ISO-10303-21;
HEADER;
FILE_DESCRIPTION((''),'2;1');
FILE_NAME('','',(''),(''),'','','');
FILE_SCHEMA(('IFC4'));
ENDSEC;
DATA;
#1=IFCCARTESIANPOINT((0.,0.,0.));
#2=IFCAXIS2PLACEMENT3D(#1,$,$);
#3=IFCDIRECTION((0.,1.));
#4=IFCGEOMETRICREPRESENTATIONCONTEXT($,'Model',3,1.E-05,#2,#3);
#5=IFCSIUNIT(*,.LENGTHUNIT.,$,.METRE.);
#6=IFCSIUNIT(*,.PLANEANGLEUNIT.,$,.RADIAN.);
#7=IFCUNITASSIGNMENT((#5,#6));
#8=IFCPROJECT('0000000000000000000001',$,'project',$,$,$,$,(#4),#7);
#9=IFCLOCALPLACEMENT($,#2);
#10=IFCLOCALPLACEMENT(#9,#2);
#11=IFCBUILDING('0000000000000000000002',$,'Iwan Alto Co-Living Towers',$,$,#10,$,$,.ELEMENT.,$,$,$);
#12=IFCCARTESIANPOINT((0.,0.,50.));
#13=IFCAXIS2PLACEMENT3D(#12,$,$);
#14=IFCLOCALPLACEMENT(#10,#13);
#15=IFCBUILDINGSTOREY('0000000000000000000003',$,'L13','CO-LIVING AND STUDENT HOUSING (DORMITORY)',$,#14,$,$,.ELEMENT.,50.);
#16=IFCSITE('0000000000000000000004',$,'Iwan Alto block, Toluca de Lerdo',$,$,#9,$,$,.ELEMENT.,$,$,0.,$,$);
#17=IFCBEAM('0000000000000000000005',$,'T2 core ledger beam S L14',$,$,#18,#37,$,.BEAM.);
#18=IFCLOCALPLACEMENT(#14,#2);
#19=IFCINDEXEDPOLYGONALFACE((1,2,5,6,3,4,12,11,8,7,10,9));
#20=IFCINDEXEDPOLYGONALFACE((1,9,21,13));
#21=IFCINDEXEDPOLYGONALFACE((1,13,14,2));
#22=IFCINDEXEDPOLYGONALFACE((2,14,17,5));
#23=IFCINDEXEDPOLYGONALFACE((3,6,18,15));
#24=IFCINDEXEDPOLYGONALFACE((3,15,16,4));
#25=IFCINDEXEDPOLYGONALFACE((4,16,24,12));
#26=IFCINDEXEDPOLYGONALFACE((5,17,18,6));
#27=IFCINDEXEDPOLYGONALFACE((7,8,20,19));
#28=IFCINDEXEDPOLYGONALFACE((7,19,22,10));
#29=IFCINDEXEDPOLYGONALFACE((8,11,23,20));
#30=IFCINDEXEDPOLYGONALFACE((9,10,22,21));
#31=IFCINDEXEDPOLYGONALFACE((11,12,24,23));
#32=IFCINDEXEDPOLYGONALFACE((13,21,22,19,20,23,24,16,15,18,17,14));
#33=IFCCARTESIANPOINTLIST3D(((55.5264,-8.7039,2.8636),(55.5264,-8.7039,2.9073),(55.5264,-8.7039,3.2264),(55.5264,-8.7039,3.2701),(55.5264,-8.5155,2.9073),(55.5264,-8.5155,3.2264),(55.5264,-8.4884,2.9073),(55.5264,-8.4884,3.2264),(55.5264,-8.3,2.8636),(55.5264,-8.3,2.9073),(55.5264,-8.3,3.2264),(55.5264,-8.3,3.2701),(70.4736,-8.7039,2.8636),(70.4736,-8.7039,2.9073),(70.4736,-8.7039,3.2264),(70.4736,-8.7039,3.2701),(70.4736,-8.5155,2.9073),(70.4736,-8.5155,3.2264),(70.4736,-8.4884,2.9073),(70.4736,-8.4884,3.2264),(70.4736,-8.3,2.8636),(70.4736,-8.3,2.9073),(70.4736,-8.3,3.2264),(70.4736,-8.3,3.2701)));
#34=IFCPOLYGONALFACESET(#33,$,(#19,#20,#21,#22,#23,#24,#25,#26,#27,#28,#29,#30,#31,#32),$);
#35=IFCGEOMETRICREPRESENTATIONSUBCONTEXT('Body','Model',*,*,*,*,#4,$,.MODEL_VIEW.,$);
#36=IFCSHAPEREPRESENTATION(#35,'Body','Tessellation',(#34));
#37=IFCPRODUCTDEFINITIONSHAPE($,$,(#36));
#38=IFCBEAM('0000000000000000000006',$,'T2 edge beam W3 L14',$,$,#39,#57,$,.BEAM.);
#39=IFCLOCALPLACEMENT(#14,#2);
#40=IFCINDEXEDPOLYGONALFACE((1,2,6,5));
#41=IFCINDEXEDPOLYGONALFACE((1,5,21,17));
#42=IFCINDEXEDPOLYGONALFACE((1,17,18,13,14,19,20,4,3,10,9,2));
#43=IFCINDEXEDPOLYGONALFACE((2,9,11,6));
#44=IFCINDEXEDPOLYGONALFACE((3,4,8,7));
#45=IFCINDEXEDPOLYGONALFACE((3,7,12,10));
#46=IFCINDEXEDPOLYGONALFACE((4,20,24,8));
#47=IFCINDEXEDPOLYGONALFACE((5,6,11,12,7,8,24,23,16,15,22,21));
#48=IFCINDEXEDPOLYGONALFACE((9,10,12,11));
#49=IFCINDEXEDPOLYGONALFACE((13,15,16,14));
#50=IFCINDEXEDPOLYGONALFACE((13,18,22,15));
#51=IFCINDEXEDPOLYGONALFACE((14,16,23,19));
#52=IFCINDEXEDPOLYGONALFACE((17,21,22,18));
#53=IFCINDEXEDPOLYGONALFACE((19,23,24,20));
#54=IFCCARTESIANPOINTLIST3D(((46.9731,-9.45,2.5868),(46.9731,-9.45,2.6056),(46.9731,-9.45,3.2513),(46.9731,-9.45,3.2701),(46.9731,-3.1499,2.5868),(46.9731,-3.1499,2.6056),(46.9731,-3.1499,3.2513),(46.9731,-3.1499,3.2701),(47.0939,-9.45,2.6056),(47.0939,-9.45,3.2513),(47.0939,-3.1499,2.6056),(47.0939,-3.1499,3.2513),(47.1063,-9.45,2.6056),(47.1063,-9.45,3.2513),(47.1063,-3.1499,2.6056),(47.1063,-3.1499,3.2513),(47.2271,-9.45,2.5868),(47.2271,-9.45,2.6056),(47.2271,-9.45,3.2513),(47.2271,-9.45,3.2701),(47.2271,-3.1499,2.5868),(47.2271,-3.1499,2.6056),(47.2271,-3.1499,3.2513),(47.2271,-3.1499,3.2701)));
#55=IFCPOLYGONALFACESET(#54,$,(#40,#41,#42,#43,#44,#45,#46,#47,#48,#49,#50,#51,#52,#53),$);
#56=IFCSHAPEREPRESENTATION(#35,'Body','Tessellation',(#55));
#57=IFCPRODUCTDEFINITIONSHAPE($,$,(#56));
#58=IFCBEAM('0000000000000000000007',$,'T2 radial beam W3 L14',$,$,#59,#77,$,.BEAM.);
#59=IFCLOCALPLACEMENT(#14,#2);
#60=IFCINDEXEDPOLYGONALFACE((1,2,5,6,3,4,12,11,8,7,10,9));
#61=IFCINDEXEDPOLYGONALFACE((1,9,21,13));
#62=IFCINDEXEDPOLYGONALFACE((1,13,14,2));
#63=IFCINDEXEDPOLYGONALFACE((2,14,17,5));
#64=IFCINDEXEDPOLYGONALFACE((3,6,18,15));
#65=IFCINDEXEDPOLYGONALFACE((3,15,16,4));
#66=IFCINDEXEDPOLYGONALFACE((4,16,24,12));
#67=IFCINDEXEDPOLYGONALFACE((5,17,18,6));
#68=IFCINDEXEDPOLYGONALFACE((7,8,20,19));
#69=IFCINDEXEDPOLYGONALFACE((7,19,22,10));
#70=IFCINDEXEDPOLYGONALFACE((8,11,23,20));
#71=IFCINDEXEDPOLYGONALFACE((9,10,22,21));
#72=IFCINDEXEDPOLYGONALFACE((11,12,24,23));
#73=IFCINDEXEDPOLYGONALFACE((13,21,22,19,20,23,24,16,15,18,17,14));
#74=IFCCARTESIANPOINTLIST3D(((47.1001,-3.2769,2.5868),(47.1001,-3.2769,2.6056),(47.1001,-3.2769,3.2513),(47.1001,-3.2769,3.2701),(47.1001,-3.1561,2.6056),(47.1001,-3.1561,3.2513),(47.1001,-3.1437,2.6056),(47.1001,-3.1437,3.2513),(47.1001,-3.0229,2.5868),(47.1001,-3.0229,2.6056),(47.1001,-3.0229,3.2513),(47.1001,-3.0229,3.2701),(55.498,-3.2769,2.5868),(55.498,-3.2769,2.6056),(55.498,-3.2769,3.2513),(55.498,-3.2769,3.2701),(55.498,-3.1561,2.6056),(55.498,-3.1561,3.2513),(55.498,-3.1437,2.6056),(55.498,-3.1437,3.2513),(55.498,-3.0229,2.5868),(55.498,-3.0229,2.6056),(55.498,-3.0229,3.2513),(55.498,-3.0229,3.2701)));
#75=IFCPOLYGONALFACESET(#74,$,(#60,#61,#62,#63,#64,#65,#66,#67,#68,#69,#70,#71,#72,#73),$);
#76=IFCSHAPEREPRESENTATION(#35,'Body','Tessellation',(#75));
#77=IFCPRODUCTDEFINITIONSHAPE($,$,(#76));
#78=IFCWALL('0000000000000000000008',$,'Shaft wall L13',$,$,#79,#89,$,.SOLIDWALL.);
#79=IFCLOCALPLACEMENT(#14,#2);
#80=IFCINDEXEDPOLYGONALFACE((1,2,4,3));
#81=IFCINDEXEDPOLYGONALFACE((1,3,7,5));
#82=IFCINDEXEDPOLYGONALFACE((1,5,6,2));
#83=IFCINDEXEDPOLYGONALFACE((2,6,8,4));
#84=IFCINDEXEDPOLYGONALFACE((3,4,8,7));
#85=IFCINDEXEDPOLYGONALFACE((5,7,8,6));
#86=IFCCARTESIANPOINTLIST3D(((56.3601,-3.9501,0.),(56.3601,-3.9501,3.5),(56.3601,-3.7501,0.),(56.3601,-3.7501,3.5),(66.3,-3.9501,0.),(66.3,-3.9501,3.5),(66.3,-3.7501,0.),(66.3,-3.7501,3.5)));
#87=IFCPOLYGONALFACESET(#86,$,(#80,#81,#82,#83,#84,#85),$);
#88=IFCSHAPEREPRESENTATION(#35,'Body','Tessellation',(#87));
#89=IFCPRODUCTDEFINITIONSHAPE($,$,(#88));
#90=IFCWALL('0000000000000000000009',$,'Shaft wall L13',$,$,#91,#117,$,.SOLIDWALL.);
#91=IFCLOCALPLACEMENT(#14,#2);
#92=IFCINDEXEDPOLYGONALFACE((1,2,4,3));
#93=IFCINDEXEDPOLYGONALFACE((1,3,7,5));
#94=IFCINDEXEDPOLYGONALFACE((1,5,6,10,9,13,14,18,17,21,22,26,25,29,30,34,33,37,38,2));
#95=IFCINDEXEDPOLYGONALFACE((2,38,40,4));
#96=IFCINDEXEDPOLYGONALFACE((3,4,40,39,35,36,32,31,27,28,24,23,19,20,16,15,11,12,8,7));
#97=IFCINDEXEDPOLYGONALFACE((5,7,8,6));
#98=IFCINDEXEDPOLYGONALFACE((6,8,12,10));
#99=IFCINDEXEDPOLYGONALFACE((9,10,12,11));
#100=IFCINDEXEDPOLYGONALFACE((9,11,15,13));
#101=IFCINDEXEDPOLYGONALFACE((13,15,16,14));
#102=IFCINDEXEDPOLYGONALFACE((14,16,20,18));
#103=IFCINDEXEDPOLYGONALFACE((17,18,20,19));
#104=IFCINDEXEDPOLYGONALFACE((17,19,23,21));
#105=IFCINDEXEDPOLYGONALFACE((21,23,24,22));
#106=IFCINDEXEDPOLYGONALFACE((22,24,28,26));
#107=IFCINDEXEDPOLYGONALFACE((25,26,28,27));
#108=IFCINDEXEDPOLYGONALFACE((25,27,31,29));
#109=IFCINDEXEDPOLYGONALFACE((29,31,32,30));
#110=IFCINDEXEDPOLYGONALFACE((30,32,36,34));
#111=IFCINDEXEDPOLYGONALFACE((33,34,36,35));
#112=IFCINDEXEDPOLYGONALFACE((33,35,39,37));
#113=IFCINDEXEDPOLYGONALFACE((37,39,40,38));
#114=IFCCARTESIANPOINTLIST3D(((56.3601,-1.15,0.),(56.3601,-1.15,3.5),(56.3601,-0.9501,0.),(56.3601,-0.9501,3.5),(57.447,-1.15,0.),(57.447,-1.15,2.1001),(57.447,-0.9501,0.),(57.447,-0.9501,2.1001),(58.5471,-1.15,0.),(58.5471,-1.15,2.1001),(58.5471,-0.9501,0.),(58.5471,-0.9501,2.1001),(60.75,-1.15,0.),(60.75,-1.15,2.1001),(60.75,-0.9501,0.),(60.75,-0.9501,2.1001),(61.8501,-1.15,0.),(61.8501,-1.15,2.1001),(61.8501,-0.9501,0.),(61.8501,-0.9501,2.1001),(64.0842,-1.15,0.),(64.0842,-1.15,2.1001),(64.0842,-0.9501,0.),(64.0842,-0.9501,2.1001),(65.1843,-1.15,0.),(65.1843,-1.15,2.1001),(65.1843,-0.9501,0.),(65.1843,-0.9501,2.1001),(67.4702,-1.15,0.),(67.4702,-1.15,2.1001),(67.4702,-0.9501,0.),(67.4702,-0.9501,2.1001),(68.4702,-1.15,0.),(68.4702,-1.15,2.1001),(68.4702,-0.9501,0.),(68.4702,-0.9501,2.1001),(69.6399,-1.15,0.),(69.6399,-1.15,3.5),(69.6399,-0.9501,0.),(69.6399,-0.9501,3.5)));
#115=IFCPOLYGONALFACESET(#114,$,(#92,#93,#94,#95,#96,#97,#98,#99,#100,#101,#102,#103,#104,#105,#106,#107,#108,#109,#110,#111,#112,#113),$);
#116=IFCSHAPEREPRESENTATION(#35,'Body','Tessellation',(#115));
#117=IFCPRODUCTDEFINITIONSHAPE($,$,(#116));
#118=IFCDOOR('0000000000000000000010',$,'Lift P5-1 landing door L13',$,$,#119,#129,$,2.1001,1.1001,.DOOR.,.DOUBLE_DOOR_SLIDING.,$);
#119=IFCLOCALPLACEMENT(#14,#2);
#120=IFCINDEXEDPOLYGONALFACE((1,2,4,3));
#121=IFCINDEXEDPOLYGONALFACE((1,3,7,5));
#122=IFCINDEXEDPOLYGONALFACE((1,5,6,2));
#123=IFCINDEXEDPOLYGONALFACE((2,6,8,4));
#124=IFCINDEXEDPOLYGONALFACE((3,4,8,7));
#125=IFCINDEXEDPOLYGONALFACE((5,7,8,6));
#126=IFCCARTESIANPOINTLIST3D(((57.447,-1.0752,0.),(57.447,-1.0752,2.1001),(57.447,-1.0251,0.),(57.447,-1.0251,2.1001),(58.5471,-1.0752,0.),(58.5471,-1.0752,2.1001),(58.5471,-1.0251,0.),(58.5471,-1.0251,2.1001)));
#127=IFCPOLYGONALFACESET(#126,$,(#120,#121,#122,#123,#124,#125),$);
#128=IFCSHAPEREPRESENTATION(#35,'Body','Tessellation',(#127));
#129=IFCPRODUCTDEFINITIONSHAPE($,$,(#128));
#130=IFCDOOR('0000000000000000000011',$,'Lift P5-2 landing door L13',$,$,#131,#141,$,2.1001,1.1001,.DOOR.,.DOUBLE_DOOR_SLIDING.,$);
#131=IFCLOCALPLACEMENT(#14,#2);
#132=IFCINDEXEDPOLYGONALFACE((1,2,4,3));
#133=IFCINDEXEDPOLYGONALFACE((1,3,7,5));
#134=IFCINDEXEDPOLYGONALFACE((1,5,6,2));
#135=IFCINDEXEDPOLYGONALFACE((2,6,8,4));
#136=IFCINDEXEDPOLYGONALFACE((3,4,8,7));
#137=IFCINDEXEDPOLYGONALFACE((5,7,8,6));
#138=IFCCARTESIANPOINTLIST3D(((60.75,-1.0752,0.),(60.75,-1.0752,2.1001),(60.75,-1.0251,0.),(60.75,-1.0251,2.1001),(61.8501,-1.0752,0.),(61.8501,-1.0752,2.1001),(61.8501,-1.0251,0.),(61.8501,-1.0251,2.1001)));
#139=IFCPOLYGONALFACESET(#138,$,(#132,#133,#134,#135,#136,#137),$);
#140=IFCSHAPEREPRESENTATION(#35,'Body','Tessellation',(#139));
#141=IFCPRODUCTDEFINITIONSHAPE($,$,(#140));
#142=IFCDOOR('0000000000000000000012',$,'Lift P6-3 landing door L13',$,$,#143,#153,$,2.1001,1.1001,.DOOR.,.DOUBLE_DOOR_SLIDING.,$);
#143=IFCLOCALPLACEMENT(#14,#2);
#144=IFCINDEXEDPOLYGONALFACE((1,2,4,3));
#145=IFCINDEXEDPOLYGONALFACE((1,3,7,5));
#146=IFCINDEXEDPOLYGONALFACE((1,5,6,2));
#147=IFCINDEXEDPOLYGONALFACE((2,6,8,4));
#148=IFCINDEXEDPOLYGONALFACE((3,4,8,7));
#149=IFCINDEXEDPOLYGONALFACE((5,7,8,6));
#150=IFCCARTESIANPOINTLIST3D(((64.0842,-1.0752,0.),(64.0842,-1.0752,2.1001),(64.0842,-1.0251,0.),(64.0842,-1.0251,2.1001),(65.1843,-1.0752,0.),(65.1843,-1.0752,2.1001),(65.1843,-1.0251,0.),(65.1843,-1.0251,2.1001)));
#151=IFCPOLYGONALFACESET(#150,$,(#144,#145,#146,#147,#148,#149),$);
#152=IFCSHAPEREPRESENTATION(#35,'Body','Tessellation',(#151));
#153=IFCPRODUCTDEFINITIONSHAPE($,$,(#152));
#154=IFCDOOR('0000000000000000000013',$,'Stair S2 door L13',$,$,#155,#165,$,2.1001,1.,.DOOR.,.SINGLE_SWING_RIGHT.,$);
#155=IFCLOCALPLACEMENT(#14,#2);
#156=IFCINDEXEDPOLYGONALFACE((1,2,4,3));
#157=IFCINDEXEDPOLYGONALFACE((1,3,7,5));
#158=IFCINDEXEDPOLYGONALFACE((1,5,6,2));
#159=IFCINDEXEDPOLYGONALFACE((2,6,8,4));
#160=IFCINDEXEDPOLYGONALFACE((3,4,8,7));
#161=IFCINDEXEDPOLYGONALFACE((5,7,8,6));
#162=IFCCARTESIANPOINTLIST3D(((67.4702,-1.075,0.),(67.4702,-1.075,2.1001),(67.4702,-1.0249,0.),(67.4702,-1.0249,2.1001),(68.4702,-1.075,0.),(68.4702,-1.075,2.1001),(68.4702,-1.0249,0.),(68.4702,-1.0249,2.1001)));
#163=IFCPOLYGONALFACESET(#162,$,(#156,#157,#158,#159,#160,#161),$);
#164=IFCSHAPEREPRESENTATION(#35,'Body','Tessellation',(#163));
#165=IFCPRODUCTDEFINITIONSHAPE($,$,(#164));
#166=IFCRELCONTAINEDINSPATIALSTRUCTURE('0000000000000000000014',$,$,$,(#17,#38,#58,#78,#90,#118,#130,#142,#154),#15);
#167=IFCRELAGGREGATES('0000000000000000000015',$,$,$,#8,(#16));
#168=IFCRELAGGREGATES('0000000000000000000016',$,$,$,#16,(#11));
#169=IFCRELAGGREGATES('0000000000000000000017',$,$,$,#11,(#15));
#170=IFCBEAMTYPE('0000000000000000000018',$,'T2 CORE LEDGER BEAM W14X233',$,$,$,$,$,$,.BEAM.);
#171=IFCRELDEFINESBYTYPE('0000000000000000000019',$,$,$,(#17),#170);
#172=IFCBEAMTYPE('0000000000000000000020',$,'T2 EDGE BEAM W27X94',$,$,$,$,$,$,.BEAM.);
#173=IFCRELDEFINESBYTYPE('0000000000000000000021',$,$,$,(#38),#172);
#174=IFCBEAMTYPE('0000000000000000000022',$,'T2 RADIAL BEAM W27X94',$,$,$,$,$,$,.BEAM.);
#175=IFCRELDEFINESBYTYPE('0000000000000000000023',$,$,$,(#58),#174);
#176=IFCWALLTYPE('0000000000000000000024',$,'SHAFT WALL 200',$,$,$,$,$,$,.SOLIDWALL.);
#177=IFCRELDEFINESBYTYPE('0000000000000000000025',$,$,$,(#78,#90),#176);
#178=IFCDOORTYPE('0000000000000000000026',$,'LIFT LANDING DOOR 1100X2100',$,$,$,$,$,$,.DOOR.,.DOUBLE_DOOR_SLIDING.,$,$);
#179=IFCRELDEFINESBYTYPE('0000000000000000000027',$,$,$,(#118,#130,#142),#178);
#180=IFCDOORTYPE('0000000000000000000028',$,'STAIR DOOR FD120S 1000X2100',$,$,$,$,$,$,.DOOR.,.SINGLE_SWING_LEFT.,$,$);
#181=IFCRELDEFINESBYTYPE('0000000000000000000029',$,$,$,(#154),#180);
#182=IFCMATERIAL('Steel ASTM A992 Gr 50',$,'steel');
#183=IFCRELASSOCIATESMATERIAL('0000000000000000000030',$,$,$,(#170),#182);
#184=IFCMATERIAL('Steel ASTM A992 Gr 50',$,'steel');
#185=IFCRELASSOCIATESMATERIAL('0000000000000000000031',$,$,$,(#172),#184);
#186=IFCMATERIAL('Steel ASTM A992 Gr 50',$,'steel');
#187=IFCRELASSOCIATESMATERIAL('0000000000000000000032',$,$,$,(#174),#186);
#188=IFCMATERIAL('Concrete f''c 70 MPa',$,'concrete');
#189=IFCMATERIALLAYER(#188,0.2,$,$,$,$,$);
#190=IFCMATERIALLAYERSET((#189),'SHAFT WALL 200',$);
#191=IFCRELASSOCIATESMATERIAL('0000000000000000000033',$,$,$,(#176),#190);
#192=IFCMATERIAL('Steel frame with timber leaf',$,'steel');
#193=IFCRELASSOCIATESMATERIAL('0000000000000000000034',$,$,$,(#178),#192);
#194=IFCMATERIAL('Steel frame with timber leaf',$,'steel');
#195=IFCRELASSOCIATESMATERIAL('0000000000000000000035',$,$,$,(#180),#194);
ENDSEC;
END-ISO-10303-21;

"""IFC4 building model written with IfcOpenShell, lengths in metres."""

from ifc_helpers import new_model, si_unit, direction, frame, frame_2d, origin, origin_2d, place, context, subcontext, project, spatial, rectangle, i_section, extrude, material, layer, layer_set, material_profile, profile_set, type_object, element, fill, save


model = new_model("IFC4")

# Units and contexts
model_context = context("Model", 3, precision=1e-05, world=origin(), true_north=direction((0.0, 1.0)))
body_context = subcontext(model_context, "Body", "Model", "MODEL_VIEW")
ifc_project = project(units=[si_unit("LENGTHUNIT", "METRE"), si_unit("PLANEANGLEUNIT", "RADIAN")], contexts=[model_context])

# Site, building, storey
site_placement = place(None, origin())
site = spatial("IfcSite", under=ifc_project, at=site_placement, Name="Iwan Alto block, Toluca de Lerdo", CompositionType="ELEMENT", RefElevation=0.0)
building_placement = place(site_placement, origin())
building = spatial("IfcBuilding", under=site, at=building_placement, Name="Iwan Alto Co-Living Towers", CompositionType="ELEMENT")
storey_placement = place(building_placement, frame((0.0, 0.0, 50.0)))
storey = spatial("IfcBuildingStorey", under=building, at=storey_placement, Name="L13", Description="CO-LIVING AND STUDENT HOUSING (DORMITORY)", CompositionType="ELEMENT", Elevation=50.0)

# Beams
ifc_material_1 = material(Name="Steel ASTM A992 Gr 50", Category="steel")
ifc_material_profile_1 = material_profile(ifc_material_1, i_section(OverallWidth=0.4038, OverallDepth=0.4065, WebThickness=0.0271, FlangeThickness=0.0437, at=origin_2d()), Name="W14X233")
ifc_profile_set_1 = profile_set([ifc_material_profile_1], Name="Steel ASTM A992 Gr 50")
beam_type_1 = type_object("IfcBeamType", Name="T2 CORE LEDGER BEAM W14X233", PredefinedType="BEAM", material=ifc_profile_set_1)
beam_1_placement = place(storey_placement, frame((55.5264, -8.502, 3.0669), z_axis=(1.0, 0.0, 0.0), x_axis=(0.0, 1.0, 0.0)))
element("IfcBeam", 1, at=beam_1_placement, inside=storey, type_object=beam_type_1, Name="T2 core ledger beam S L14", PredefinedType="BEAM", context=body_context, shape_type="SweptSolid", body=[
    extrude(i_section(OverallWidth=0.4038, OverallDepth=0.4065, WebThickness=0.0271, FlangeThickness=0.0437, at=origin_2d()), origin(), (0.0, 0.0, 1.0), 14.9473),
])
ifc_material_2 = material(Name="Steel ASTM A992 Gr 50", Category="steel")
ifc_material_profile_2 = material_profile(ifc_material_2, i_section(OverallWidth=0.2539, OverallDepth=0.6833, WebThickness=0.0125, FlangeThickness=0.0188, at=origin_2d()), Name="W27X94")
ifc_profile_set_2 = profile_set([ifc_material_profile_2], Name="Steel ASTM A992 Gr 50")
beam_type_2 = type_object("IfcBeamType", Name="T2 EDGE BEAM W27X94", PredefinedType="BEAM", material=ifc_profile_set_2)
beam_2_placement = place(storey_placement, frame((47.1001, -3.1499, 2.9285), z_axis=(0.0, -1.0, 0.0), x_axis=(1.0, 0.0, 0.0)))
element("IfcBeam", 2, at=beam_2_placement, inside=storey, type_object=beam_type_2, Name="T2 edge beam W3 L14", PredefinedType="BEAM", context=body_context, shape_type="SweptSolid", body=[
    extrude(i_section(OverallWidth=0.2539, OverallDepth=0.6833, WebThickness=0.0125, FlangeThickness=0.0188, at=origin_2d()), origin(), (0.0, 0.0, 1.0), 6.3),
])
ifc_material_3 = material(Name="Steel ASTM A992 Gr 50", Category="steel")
ifc_material_profile_3 = material_profile(ifc_material_3, i_section(OverallWidth=0.2539, OverallDepth=0.6833, WebThickness=0.0125, FlangeThickness=0.0188, at=origin_2d()), Name="W27X94")
ifc_profile_set_3 = profile_set([ifc_material_profile_3], Name="Steel ASTM A992 Gr 50")
beam_type_3 = type_object("IfcBeamType", Name="T2 RADIAL BEAM W27X94", PredefinedType="BEAM", material=ifc_profile_set_3)
beam_3_placement = place(storey_placement, frame((47.1001, -3.1499, 2.9285), z_axis=(1.0, 0.0, 0.0), x_axis=(0.0, 1.0, 0.0)))
element("IfcBeam", 3, at=beam_3_placement, inside=storey, type_object=beam_type_3, Name="T2 radial beam W3 L14", PredefinedType="BEAM", context=body_context, shape_type="SweptSolid", body=[
    extrude(i_section(OverallWidth=0.2539, OverallDepth=0.6833, WebThickness=0.0125, FlangeThickness=0.0188, at=origin_2d()), origin(), (0.0, 0.0, 1.0), 8.3979),
])

# Wall
ifc_material_4 = material(Name="Concrete f'c 70 MPa", Category="concrete")
ifc_layer_1 = layer(ifc_material_4, 0.2)
ifc_layer_set_1 = layer_set([ifc_layer_1], Name="SHAFT WALL 200")
wall_type_1 = type_object("IfcWallType", Name="SHAFT WALL 200", PredefinedType="SOLIDWALL", material=ifc_layer_set_1)
wall_1_placement = place(storey_placement, frame((56.3601, -3.8501, 0.0), z_axis=(0.0, 0.0, 1.0), x_axis=(1.0, 0.0, 0.0)))
element("IfcWall", 4, at=wall_1_placement, inside=storey, type_object=wall_type_1, Name="Shaft wall L13", PredefinedType="SOLIDWALL", context=body_context, shape_type="SweptSolid", body=[
    extrude(rectangle(XDim=9.9399, YDim=0.2, at=frame_2d((4.97, 0.0))), origin(), (0.0, 0.0, 1.0), 3.5),
])

# Wall, openings, doors
wall_2_placement = place(storey_placement, frame((56.3601, -1.05, 0.0), z_axis=(0.0, 0.0, 1.0), x_axis=(1.0, 0.0, 0.0)))
wall_2 = element("IfcWall", 5, at=wall_2_placement, inside=storey, type_object=wall_type_1, Name="Shaft wall L13", PredefinedType="SOLIDWALL", context=body_context, shape_type="SweptSolid", body=[
    extrude(rectangle(XDim=13.2798, YDim=0.2, at=frame_2d((6.6399, 0.0))), origin(), (0.0, 0.0, 1.0), 3.5),
])
opening_1_placement = place(wall_2_placement, frame((11.1101, 0.0, 0.0)))
opening_1 = element("IfcOpeningElement", 6, at=opening_1_placement, cuts=wall_2, PredefinedType="OPENING", context=body_context, shape_type="SweptSolid", body=[
    extrude(rectangle(XDim=1.0, YDim=2.1001, at=frame_2d((0.5, 1.05))), frame((0.0, 0.1099, 0.0), z_axis=(0.0, -1.0, 0.0), x_axis=(1.0, 0.0, 0.0)), (0.0, 0.0, 1.0), 0.22),
])
opening_2_placement = place(wall_2_placement, frame((1.0869, 0.0, 0.0)))
opening_2 = element("IfcOpeningElement", 7, at=opening_2_placement, cuts=wall_2, PredefinedType="OPENING", context=body_context, shape_type="SweptSolid", body=[
    extrude(rectangle(XDim=1.1001, YDim=2.1001, at=frame_2d((0.55, 1.05))), frame((0.0, 0.1099, 0.0), z_axis=(0.0, -1.0, 0.0), x_axis=(1.0, 0.0, 0.0)), (0.0, 0.0, 1.0), 0.22),
])
opening_3_placement = place(wall_2_placement, frame((4.3899, 0.0, 0.0)))
opening_3 = element("IfcOpeningElement", 8, at=opening_3_placement, cuts=wall_2, PredefinedType="OPENING", context=body_context, shape_type="SweptSolid", body=[
    extrude(rectangle(XDim=1.1001, YDim=2.1001, at=frame_2d((0.55, 1.05))), frame((0.0, 0.1099, 0.0), z_axis=(0.0, -1.0, 0.0), x_axis=(1.0, 0.0, 0.0)), (0.0, 0.0, 1.0), 0.22),
])
opening_4_placement = place(wall_2_placement, frame((7.7241, 0.0, 0.0)))
opening_4 = element("IfcOpeningElement", 9, at=opening_4_placement, cuts=wall_2, PredefinedType="OPENING", context=body_context, shape_type="SweptSolid", body=[
    extrude(rectangle(XDim=1.1001, YDim=2.1001, at=frame_2d((0.55, 1.05))), frame((0.0, 0.1099, 0.0), z_axis=(0.0, -1.0, 0.0), x_axis=(1.0, 0.0, 0.0)), (0.0, 0.0, 1.0), 0.22),
])
ifc_material_5 = material(Name="Steel frame with timber leaf", Category="steel")
door_type_1 = type_object("IfcDoorType", Name="LIFT LANDING DOOR 1100X2100", OperationType="DOUBLE_DOOR_SLIDING", PredefinedType="DOOR", material=ifc_material_5)
door_1_placement = place(opening_2_placement, origin())
door_1 = element("IfcDoor", 10, at=door_1_placement, inside=storey, type_object=door_type_1, Name="Lift P5-1 landing door L13", OperationType="DOUBLE_DOOR_SLIDING", OverallHeight=2.1001, OverallWidth=1.1001, PredefinedType="DOOR", context=body_context, shape_type="SweptSolid", body=[
    extrude(rectangle(XDim=1.1001, YDim=2.1001, at=frame_2d((0.55, 1.05))), frame((0.0, 0.0249, 0.0), z_axis=(0.0, -1.0, 0.0), x_axis=(1.0, 0.0, 0.0)), (0.0, 0.0, 1.0), 0.05),
])
fill(opening_2, door_1)
door_2_placement = place(opening_3_placement, origin())
door_2 = element("IfcDoor", 11, at=door_2_placement, inside=storey, type_object=door_type_1, Name="Lift P5-2 landing door L13", OperationType="DOUBLE_DOOR_SLIDING", OverallHeight=2.1001, OverallWidth=1.1001, PredefinedType="DOOR", context=body_context, shape_type="SweptSolid", body=[
    extrude(rectangle(XDim=1.1001, YDim=2.1001, at=frame_2d((0.55, 1.05))), frame((0.0, 0.0249, 0.0), z_axis=(0.0, -1.0, 0.0), x_axis=(1.0, 0.0, 0.0)), (0.0, 0.0, 1.0), 0.05),
])
fill(opening_3, door_2)
door_3_placement = place(opening_4_placement, origin())
door_3 = element("IfcDoor", 12, at=door_3_placement, inside=storey, type_object=door_type_1, Name="Lift P6-3 landing door L13", OperationType="DOUBLE_DOOR_SLIDING", OverallHeight=2.1001, OverallWidth=1.1001, PredefinedType="DOOR", context=body_context, shape_type="SweptSolid", body=[
    extrude(rectangle(XDim=1.1001, YDim=2.1001, at=frame_2d((0.55, 1.05))), frame((0.0, 0.0249, 0.0), z_axis=(0.0, -1.0, 0.0), x_axis=(1.0, 0.0, 0.0)), (0.0, 0.0, 1.0), 0.05),
])
fill(opening_4, door_3)
ifc_material_6 = material(Name="Steel frame with timber leaf", Category="steel")
door_type_2 = type_object("IfcDoorType", Name="STAIR DOOR FD120S 1000X2100", OperationType="SINGLE_SWING_LEFT", PredefinedType="DOOR", material=ifc_material_6)
door_4_placement = place(opening_1_placement, frame((1.0, 0.0, 0.0), z_axis=(0.0, 0.0, 1.0), x_axis=(-1.0, 0.0, 0.0)))
door_4 = element("IfcDoor", 13, at=door_4_placement, inside=storey, type_object=door_type_2, Name="Stair S2 door L13", OperationType="SINGLE_SWING_RIGHT", OverallHeight=2.1001, OverallWidth=1.0, PredefinedType="DOOR", context=body_context, shape_type="SweptSolid", body=[
    extrude(rectangle(XDim=1.0, YDim=2.1001, at=frame_2d((0.5, 1.05))), frame((0.0, 0.0249, 0.0), z_axis=(0.0, -1.0, 0.0), x_axis=(1.0, 0.0, 0.0)), (0.0, 0.0, 1.0), 0.05),
])
fill(opening_1, door_4)

save(model, "model.ifc")
